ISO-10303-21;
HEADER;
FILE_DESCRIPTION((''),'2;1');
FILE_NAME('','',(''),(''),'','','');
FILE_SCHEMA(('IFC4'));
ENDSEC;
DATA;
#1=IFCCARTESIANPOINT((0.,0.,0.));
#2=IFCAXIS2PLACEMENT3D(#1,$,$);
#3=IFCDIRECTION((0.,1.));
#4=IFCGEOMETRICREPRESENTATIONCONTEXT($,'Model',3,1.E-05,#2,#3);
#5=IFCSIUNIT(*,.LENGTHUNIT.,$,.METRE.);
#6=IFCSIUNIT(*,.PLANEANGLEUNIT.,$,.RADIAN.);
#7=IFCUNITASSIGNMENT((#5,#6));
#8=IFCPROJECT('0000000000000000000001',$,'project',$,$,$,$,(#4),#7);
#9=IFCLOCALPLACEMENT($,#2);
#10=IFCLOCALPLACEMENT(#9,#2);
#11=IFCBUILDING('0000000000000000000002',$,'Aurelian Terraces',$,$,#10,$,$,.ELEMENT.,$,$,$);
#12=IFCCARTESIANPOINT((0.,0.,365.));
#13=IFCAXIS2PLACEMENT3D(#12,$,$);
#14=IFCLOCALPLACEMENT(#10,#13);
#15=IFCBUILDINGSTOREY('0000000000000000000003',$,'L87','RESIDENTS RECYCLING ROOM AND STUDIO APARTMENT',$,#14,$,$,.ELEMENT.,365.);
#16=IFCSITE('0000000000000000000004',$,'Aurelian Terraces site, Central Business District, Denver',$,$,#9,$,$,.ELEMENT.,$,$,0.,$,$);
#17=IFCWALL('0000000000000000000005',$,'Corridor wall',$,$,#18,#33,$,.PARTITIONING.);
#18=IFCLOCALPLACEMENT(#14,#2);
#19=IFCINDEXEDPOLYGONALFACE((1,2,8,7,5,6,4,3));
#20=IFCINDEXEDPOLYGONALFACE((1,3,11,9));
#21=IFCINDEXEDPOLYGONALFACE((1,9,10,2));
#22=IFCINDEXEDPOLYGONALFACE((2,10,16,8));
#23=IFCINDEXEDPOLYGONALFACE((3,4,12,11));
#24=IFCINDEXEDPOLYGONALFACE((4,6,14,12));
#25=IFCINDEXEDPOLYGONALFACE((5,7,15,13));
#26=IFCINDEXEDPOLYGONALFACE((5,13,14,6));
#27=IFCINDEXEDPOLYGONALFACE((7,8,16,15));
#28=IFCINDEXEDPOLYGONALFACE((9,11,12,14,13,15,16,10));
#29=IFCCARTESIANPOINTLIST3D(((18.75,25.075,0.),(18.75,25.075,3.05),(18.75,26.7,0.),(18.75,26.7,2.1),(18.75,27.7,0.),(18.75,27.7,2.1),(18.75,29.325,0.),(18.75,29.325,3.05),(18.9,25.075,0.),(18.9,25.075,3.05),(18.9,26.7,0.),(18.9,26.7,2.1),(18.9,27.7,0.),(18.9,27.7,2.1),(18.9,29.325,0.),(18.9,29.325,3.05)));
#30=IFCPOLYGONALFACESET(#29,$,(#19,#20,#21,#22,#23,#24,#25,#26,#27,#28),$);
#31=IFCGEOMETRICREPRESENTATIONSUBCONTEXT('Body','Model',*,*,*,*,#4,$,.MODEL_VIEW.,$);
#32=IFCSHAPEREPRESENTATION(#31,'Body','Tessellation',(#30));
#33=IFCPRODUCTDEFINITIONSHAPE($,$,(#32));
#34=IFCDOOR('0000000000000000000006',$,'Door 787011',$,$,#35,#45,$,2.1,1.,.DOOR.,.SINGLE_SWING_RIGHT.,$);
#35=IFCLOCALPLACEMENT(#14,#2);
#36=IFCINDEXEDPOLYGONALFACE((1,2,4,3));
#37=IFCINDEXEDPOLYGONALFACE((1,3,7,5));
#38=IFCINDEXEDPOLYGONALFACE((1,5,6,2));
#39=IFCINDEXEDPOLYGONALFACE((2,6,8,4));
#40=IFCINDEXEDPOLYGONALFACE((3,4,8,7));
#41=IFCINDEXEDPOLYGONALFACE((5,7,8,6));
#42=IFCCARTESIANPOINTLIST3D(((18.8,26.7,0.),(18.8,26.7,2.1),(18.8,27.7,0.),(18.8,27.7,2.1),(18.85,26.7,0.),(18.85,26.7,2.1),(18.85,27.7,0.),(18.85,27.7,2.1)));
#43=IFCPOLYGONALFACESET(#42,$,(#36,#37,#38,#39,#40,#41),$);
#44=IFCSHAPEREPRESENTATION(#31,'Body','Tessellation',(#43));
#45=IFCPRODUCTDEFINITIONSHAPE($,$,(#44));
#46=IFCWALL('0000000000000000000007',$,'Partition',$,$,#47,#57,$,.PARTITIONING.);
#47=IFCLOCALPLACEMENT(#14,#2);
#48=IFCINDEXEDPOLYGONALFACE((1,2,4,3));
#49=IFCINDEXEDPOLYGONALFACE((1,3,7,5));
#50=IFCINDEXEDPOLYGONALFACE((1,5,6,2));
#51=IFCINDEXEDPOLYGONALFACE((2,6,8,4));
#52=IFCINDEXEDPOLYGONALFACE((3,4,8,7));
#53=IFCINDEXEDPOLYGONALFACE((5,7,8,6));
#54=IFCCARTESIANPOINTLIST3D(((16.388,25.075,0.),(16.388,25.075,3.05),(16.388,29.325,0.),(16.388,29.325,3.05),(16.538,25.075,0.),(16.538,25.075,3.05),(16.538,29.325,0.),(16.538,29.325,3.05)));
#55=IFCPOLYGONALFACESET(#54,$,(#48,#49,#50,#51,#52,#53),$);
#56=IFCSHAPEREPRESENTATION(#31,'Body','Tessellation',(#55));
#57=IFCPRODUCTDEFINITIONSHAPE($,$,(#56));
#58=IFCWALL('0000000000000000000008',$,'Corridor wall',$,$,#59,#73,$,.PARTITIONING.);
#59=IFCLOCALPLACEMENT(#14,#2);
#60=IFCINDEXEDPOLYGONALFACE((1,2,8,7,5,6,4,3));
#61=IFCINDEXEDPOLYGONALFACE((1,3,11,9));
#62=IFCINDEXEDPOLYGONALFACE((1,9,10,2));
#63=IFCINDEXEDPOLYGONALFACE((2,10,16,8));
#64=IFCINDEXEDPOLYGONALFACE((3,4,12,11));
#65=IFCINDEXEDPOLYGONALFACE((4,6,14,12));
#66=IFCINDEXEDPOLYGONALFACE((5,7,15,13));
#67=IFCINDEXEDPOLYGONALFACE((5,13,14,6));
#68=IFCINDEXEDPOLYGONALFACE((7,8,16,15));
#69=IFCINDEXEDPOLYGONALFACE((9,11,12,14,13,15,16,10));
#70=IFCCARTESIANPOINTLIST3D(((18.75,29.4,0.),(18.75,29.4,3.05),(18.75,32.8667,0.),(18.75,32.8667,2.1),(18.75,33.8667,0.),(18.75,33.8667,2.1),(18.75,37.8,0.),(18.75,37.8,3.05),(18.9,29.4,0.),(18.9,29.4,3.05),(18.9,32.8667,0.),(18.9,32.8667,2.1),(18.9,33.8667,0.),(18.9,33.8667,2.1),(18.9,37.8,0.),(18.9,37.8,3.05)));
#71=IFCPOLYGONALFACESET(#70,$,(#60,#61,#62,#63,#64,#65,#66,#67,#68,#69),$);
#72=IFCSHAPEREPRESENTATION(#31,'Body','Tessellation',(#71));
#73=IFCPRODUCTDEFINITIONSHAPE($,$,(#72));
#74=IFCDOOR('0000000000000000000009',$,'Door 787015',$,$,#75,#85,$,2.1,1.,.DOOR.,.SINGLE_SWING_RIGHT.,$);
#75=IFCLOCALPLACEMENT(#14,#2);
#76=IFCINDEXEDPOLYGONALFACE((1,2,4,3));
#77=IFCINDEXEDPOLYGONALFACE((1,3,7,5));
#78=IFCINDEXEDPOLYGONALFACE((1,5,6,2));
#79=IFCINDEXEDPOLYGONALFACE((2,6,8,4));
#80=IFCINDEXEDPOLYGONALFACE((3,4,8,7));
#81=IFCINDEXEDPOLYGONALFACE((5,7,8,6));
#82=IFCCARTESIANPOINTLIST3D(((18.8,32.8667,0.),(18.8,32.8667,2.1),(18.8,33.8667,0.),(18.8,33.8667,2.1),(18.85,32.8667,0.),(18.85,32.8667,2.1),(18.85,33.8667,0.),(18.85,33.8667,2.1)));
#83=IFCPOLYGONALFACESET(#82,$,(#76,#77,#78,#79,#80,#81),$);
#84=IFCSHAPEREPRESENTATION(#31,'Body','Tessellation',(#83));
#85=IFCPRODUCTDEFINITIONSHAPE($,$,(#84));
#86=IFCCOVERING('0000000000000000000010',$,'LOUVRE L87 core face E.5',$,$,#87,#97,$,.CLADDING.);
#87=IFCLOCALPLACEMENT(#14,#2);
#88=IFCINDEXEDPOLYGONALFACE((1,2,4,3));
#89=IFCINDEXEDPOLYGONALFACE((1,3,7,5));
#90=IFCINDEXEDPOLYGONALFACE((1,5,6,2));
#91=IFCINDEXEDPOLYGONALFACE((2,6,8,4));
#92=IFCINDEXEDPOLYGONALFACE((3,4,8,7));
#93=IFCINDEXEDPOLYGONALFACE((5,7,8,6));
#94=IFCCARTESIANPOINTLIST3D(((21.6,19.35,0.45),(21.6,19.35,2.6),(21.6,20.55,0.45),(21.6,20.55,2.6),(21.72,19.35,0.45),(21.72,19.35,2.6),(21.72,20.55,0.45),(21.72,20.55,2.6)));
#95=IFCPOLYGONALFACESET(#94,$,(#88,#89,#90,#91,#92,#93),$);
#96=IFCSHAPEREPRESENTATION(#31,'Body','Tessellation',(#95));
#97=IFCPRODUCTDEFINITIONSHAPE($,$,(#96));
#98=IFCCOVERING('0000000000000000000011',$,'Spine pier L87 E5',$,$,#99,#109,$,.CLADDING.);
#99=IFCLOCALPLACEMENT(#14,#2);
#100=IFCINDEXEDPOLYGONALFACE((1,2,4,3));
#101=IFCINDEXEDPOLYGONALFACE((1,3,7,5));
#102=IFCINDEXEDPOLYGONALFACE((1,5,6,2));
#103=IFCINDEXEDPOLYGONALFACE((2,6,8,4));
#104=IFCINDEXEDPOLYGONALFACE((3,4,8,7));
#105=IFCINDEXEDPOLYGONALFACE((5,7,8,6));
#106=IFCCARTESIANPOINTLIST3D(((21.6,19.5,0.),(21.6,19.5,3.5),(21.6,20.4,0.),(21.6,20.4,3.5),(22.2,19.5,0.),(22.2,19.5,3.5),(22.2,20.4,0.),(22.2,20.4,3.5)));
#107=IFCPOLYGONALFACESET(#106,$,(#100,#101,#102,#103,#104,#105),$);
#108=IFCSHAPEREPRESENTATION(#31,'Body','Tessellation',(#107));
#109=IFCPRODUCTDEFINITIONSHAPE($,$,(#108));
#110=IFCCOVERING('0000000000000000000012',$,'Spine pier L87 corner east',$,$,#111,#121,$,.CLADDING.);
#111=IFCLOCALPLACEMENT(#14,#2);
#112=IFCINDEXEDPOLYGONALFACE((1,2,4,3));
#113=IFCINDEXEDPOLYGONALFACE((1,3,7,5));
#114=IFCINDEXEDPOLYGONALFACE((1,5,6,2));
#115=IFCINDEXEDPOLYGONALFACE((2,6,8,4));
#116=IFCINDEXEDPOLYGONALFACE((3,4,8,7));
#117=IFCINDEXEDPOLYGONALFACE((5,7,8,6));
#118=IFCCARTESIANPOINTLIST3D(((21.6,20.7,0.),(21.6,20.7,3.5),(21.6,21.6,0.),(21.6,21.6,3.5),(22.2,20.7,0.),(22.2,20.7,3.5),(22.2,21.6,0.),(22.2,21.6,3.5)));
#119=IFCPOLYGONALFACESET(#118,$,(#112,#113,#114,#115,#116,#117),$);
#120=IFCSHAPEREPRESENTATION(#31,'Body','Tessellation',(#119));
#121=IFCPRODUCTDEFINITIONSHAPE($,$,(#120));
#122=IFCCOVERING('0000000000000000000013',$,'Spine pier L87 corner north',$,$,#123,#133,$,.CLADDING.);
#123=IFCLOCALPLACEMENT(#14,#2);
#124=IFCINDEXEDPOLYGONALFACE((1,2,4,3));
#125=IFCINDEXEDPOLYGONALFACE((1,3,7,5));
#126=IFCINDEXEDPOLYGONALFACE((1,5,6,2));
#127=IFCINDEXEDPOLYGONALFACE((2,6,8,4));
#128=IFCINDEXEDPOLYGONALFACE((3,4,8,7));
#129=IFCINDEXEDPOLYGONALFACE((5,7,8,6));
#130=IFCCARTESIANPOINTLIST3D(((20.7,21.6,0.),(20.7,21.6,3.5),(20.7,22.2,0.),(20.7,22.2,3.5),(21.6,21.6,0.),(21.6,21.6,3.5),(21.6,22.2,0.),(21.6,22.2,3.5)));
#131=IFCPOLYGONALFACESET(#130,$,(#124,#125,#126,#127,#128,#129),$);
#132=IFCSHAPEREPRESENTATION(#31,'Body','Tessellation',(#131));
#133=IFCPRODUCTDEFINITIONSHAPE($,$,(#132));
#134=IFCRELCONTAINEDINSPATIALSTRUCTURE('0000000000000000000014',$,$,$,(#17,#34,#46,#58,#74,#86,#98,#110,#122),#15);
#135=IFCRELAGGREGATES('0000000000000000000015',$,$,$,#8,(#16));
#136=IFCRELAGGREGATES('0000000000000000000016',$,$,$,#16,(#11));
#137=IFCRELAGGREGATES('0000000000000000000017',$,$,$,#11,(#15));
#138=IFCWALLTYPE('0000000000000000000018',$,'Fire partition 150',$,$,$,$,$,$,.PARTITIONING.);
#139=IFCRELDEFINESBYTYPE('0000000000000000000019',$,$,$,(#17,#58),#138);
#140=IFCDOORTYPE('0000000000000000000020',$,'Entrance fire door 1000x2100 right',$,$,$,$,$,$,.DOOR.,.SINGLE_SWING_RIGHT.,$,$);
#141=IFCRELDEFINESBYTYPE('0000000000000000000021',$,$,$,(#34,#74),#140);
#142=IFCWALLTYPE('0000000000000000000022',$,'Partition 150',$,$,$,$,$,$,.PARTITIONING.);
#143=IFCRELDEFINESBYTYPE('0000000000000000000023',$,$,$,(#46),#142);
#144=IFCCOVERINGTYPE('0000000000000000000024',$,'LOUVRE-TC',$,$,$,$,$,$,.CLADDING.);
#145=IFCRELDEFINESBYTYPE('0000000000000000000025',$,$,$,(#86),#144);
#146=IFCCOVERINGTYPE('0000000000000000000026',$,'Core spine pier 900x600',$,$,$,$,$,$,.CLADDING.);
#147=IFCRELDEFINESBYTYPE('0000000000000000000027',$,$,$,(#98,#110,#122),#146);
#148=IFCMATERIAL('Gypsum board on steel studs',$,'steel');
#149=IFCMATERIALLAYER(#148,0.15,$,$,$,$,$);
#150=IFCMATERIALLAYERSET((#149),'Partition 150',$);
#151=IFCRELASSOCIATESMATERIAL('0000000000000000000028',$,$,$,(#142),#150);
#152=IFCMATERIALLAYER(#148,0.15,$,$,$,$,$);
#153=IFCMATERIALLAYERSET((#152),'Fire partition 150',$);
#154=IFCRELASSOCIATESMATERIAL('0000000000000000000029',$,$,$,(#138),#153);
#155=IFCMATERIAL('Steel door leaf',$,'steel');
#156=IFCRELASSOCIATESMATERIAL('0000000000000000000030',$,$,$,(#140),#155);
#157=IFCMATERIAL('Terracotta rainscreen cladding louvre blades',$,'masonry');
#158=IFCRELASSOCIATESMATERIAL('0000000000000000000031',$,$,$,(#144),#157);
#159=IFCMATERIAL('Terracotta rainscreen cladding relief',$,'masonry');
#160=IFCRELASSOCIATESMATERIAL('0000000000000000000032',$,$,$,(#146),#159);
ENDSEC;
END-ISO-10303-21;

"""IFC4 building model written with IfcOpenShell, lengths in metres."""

from ifc_helpers import new_model, si_unit, direction, frame, frame_2d, origin, origin_2d, place, context, subcontext, project, spatial, rectangle, extrude, source, transform, mapped, material, layer, layer_set, type_object, element, fill, save


model = new_model("IFC4")

# Units and contexts
model_context = context("Model", 3, precision=1e-05, world=origin(), true_north=direction((0.0, 1.0)))
body_context = subcontext(model_context, "Body", "Model", "MODEL_VIEW")
ifc_project = project(units=[si_unit("LENGTHUNIT", "METRE"), si_unit("PLANEANGLEUNIT", "RADIAN")], contexts=[model_context])

# Site, building, storey
site_placement = place(None, origin())
site = spatial("IfcSite", under=ifc_project, at=site_placement, Name="Aurelian Terraces site, Central Business District, Denver", CompositionType="ELEMENT", RefElevation=0.0)
building_placement = place(site_placement, origin())
building = spatial("IfcBuilding", under=site, at=building_placement, Name="Aurelian Terraces", CompositionType="ELEMENT")
storey_placement = place(building_placement, frame((0.0, 0.0, 365.0)))
storey = spatial("IfcBuildingStorey", under=building, at=storey_placement, Name="L87", Description="RESIDENTS RECYCLING ROOM AND STUDIO APARTMENT", CompositionType="ELEMENT", Elevation=365.0)

# Shared definitions
ifc_material_1 = material(Name="Gypsum board on steel studs", Category="steel")
ifc_layer_1 = layer(ifc_material_1, 0.15)
ifc_layer_set_1 = layer_set([ifc_layer_1], Name="Partition 150")
wall_type_1 = type_object("IfcWallType", Name="Partition 150", PredefinedType="PARTITIONING", material=ifc_layer_set_1)

# Wall, opening, door
ifc_layer_2 = layer(ifc_material_1, 0.15)
ifc_layer_set_2 = layer_set([ifc_layer_2], Name="Fire partition 150")
wall_type_2 = type_object("IfcWallType", Name="Fire partition 150", PredefinedType="PARTITIONING", material=ifc_layer_set_2)
shared_shape_1 = source(origin(), body_context, "Body", "SweptSolid", [
    extrude(rectangle(XDim=4.25, YDim=0.15, at=frame_2d((2.125, 0.0))), origin(), (0.0, 0.0, 1.0), 3.05),
])
wall_1_placement = place(storey_placement, frame((18.825, 25.075, 0.0), z_axis=(0.0, 0.0, 1.0), x_axis=(0.0, 1.0, 0.0)))
wall_1 = element("IfcWall", 1, at=wall_1_placement, inside=storey, type_object=wall_type_2, Name="Corridor wall", PredefinedType="PARTITIONING", context=body_context, shape_type="MappedRepresentation", body=[
    mapped(shared_shape_1, transform((0.0, 0.0, 0.0), scale=1.0)),
])
shared_shape_2 = source(origin(), body_context, "Body", "SweptSolid", [
    extrude(rectangle(XDim=1.0, YDim=2.1, at=frame_2d((0.5, 1.05))), frame((0.0, 0.085, 0.0), z_axis=(0.0, -1.0, 0.0), x_axis=(1.0, 0.0, 0.0)), (0.0, 0.0, 1.0), 0.17),
])
opening_1_placement = place(wall_1_placement, frame((1.625, 0.0, 0.0)))
opening_1 = element("IfcOpeningElement", 2, at=opening_1_placement, cuts=wall_1, PredefinedType="OPENING", context=body_context, shape_type="MappedRepresentation", body=[
    mapped(shared_shape_2, transform((0.0, 0.0, 0.0), scale=1.0)),
])
ifc_material_2 = material(Name="Steel door leaf", Category="steel")
door_type = type_object("IfcDoorType", Name="Entrance fire door 1000x2100 right", OperationType="SINGLE_SWING_RIGHT", PredefinedType="DOOR", material=ifc_material_2)
shared_shape_3 = source(origin(), body_context, "Body", "SweptSolid", [
    extrude(rectangle(XDim=1.0, YDim=2.1, at=frame_2d((0.5, 1.05))), frame((0.0, 0.025, 0.0), z_axis=(0.0, -1.0, 0.0), x_axis=(1.0, 0.0, 0.0)), (0.0, 0.0, 1.0), 0.05),
])
door_1_placement = place(opening_1_placement, origin())
door_1 = element("IfcDoor", 3, at=door_1_placement, inside=storey, type_object=door_type, Name="Door 787011", OperationType="SINGLE_SWING_RIGHT", OverallHeight=2.1, OverallWidth=1.0, PredefinedType="DOOR", context=body_context, shape_type="MappedRepresentation", body=[
    mapped(shared_shape_3, transform((0.0, 0.0, 0.0), scale=1.0)),
])
fill(opening_1, door_1)

# Wall
wall_2_placement = place(storey_placement, frame((16.463, 25.075, 0.0), z_axis=(0.0, 0.0, 1.0), x_axis=(0.0, 1.0, 0.0)))
element("IfcWall", 4, at=wall_2_placement, inside=storey, type_object=wall_type_1, Name="Partition", PredefinedType="PARTITIONING", context=body_context, shape_type="MappedRepresentation", body=[
    mapped(shared_shape_1, transform((0.0, 0.0, 0.0), scale=1.0)),
])

# Wall, opening, door
shared_shape_4 = source(origin(), body_context, "Body", "SweptSolid", [
    extrude(rectangle(XDim=8.4, YDim=0.15, at=frame_2d((4.2, 0.0))), origin(), (0.0, 0.0, 1.0), 3.05),
])
wall_3_placement = place(storey_placement, frame((18.825, 29.4, 0.0), z_axis=(0.0, 0.0, 1.0), x_axis=(0.0, 1.0, 0.0)))
wall_3 = element("IfcWall", 5, at=wall_3_placement, inside=storey, type_object=wall_type_2, Name="Corridor wall", PredefinedType="PARTITIONING", context=body_context, shape_type="MappedRepresentation", body=[
    mapped(shared_shape_4, transform((0.0, 0.0, 0.0), scale=1.0)),
])
opening_2_placement = place(wall_3_placement, frame((3.4667, 0.0, 0.0)))
opening_2 = element("IfcOpeningElement", 6, at=opening_2_placement, cuts=wall_3, PredefinedType="OPENING", context=body_context, shape_type="MappedRepresentation", body=[
    mapped(shared_shape_2, transform((0.0, 0.0, 0.0), scale=1.0)),
])
door_2_placement = place(opening_2_placement, origin())
door_2 = element("IfcDoor", 7, at=door_2_placement, inside=storey, type_object=door_type, Name="Door 787015", OperationType="SINGLE_SWING_RIGHT", OverallHeight=2.1, OverallWidth=1.0, PredefinedType="DOOR", context=body_context, shape_type="MappedRepresentation", body=[
    mapped(shared_shape_3, transform((0.0, 0.0, 0.0), scale=1.0)),
])
fill(opening_2, door_2)

# Coverings
ifc_material_3 = material(Name="Terracotta rainscreen cladding louvre blades", Category="masonry")
covering_type_1 = type_object("IfcCoveringType", Name="LOUVRE-TC", PredefinedType="CLADDING", material=ifc_material_3)
covering_1_placement = place(storey_placement, frame((21.66, 19.95, 0.45), z_axis=(0.0, 0.0, 1.0), x_axis=(1.0, 0.0, 0.0)))
element("IfcCovering", 8, at=covering_1_placement, inside=storey, type_object=covering_type_1, Name="LOUVRE L87 core face E.5", PredefinedType="CLADDING", context=body_context, shape_type="SweptSolid", body=[
    extrude(rectangle(XDim=0.12, YDim=1.2, at=origin_2d()), origin(), (0.0, 0.0, 1.0), 2.15),
])
ifc_material_4 = material(Name="Terracotta rainscreen cladding relief", Category="masonry")
covering_type_2 = type_object("IfcCoveringType", Name="Core spine pier 900x600", PredefinedType="CLADDING", material=ifc_material_4)
shared_shape_5 = source(origin(), body_context, "Body", "SweptSolid", [
    extrude(rectangle(XDim=0.6, YDim=0.9, at=origin_2d()), origin(), (0.0, 0.0, 1.0), 3.5),
])
for number, where, z_axis, x_axis, name in (
    (9, (21.9, 19.95, 0.0), (0.0, 0.0, 1.0), (1.0, 0.0, 0.0), "Spine pier L87 E5"),
    (10, (21.9, 21.15, 0.0), (0.0, 0.0, 1.0), (1.0, 0.0, 0.0), "Spine pier L87 corner east"),
):
    element("IfcCovering", number, at=place(storey_placement, frame(where, z_axis=z_axis, x_axis=x_axis)), inside=storey, type_object=covering_type_2, Name=name, PredefinedType="CLADDING", context=body_context, shape_type="MappedRepresentation", body=[
        mapped(shared_shape_5, transform((0.0, 0.0, 0.0), scale=1.0)),
    ])
shared_shape_6 = source(origin(), body_context, "Body", "SweptSolid", [
    extrude(rectangle(XDim=0.9, YDim=0.6, at=origin_2d()), origin(), (0.0, 0.0, 1.0), 3.5),
])
covering_2_placement = place(storey_placement, frame((21.15, 21.9, 0.0), z_axis=(0.0, 0.0, 1.0), x_axis=(1.0, 0.0, 0.0)))
element("IfcCovering", 11, at=covering_2_placement, inside=storey, type_object=covering_type_2, Name="Spine pier L87 corner north", PredefinedType="CLADDING", context=body_context, shape_type="MappedRepresentation", body=[
    mapped(shared_shape_6, transform((0.0, 0.0, 0.0), scale=1.0)),
])

save(model, "model.ifc")
